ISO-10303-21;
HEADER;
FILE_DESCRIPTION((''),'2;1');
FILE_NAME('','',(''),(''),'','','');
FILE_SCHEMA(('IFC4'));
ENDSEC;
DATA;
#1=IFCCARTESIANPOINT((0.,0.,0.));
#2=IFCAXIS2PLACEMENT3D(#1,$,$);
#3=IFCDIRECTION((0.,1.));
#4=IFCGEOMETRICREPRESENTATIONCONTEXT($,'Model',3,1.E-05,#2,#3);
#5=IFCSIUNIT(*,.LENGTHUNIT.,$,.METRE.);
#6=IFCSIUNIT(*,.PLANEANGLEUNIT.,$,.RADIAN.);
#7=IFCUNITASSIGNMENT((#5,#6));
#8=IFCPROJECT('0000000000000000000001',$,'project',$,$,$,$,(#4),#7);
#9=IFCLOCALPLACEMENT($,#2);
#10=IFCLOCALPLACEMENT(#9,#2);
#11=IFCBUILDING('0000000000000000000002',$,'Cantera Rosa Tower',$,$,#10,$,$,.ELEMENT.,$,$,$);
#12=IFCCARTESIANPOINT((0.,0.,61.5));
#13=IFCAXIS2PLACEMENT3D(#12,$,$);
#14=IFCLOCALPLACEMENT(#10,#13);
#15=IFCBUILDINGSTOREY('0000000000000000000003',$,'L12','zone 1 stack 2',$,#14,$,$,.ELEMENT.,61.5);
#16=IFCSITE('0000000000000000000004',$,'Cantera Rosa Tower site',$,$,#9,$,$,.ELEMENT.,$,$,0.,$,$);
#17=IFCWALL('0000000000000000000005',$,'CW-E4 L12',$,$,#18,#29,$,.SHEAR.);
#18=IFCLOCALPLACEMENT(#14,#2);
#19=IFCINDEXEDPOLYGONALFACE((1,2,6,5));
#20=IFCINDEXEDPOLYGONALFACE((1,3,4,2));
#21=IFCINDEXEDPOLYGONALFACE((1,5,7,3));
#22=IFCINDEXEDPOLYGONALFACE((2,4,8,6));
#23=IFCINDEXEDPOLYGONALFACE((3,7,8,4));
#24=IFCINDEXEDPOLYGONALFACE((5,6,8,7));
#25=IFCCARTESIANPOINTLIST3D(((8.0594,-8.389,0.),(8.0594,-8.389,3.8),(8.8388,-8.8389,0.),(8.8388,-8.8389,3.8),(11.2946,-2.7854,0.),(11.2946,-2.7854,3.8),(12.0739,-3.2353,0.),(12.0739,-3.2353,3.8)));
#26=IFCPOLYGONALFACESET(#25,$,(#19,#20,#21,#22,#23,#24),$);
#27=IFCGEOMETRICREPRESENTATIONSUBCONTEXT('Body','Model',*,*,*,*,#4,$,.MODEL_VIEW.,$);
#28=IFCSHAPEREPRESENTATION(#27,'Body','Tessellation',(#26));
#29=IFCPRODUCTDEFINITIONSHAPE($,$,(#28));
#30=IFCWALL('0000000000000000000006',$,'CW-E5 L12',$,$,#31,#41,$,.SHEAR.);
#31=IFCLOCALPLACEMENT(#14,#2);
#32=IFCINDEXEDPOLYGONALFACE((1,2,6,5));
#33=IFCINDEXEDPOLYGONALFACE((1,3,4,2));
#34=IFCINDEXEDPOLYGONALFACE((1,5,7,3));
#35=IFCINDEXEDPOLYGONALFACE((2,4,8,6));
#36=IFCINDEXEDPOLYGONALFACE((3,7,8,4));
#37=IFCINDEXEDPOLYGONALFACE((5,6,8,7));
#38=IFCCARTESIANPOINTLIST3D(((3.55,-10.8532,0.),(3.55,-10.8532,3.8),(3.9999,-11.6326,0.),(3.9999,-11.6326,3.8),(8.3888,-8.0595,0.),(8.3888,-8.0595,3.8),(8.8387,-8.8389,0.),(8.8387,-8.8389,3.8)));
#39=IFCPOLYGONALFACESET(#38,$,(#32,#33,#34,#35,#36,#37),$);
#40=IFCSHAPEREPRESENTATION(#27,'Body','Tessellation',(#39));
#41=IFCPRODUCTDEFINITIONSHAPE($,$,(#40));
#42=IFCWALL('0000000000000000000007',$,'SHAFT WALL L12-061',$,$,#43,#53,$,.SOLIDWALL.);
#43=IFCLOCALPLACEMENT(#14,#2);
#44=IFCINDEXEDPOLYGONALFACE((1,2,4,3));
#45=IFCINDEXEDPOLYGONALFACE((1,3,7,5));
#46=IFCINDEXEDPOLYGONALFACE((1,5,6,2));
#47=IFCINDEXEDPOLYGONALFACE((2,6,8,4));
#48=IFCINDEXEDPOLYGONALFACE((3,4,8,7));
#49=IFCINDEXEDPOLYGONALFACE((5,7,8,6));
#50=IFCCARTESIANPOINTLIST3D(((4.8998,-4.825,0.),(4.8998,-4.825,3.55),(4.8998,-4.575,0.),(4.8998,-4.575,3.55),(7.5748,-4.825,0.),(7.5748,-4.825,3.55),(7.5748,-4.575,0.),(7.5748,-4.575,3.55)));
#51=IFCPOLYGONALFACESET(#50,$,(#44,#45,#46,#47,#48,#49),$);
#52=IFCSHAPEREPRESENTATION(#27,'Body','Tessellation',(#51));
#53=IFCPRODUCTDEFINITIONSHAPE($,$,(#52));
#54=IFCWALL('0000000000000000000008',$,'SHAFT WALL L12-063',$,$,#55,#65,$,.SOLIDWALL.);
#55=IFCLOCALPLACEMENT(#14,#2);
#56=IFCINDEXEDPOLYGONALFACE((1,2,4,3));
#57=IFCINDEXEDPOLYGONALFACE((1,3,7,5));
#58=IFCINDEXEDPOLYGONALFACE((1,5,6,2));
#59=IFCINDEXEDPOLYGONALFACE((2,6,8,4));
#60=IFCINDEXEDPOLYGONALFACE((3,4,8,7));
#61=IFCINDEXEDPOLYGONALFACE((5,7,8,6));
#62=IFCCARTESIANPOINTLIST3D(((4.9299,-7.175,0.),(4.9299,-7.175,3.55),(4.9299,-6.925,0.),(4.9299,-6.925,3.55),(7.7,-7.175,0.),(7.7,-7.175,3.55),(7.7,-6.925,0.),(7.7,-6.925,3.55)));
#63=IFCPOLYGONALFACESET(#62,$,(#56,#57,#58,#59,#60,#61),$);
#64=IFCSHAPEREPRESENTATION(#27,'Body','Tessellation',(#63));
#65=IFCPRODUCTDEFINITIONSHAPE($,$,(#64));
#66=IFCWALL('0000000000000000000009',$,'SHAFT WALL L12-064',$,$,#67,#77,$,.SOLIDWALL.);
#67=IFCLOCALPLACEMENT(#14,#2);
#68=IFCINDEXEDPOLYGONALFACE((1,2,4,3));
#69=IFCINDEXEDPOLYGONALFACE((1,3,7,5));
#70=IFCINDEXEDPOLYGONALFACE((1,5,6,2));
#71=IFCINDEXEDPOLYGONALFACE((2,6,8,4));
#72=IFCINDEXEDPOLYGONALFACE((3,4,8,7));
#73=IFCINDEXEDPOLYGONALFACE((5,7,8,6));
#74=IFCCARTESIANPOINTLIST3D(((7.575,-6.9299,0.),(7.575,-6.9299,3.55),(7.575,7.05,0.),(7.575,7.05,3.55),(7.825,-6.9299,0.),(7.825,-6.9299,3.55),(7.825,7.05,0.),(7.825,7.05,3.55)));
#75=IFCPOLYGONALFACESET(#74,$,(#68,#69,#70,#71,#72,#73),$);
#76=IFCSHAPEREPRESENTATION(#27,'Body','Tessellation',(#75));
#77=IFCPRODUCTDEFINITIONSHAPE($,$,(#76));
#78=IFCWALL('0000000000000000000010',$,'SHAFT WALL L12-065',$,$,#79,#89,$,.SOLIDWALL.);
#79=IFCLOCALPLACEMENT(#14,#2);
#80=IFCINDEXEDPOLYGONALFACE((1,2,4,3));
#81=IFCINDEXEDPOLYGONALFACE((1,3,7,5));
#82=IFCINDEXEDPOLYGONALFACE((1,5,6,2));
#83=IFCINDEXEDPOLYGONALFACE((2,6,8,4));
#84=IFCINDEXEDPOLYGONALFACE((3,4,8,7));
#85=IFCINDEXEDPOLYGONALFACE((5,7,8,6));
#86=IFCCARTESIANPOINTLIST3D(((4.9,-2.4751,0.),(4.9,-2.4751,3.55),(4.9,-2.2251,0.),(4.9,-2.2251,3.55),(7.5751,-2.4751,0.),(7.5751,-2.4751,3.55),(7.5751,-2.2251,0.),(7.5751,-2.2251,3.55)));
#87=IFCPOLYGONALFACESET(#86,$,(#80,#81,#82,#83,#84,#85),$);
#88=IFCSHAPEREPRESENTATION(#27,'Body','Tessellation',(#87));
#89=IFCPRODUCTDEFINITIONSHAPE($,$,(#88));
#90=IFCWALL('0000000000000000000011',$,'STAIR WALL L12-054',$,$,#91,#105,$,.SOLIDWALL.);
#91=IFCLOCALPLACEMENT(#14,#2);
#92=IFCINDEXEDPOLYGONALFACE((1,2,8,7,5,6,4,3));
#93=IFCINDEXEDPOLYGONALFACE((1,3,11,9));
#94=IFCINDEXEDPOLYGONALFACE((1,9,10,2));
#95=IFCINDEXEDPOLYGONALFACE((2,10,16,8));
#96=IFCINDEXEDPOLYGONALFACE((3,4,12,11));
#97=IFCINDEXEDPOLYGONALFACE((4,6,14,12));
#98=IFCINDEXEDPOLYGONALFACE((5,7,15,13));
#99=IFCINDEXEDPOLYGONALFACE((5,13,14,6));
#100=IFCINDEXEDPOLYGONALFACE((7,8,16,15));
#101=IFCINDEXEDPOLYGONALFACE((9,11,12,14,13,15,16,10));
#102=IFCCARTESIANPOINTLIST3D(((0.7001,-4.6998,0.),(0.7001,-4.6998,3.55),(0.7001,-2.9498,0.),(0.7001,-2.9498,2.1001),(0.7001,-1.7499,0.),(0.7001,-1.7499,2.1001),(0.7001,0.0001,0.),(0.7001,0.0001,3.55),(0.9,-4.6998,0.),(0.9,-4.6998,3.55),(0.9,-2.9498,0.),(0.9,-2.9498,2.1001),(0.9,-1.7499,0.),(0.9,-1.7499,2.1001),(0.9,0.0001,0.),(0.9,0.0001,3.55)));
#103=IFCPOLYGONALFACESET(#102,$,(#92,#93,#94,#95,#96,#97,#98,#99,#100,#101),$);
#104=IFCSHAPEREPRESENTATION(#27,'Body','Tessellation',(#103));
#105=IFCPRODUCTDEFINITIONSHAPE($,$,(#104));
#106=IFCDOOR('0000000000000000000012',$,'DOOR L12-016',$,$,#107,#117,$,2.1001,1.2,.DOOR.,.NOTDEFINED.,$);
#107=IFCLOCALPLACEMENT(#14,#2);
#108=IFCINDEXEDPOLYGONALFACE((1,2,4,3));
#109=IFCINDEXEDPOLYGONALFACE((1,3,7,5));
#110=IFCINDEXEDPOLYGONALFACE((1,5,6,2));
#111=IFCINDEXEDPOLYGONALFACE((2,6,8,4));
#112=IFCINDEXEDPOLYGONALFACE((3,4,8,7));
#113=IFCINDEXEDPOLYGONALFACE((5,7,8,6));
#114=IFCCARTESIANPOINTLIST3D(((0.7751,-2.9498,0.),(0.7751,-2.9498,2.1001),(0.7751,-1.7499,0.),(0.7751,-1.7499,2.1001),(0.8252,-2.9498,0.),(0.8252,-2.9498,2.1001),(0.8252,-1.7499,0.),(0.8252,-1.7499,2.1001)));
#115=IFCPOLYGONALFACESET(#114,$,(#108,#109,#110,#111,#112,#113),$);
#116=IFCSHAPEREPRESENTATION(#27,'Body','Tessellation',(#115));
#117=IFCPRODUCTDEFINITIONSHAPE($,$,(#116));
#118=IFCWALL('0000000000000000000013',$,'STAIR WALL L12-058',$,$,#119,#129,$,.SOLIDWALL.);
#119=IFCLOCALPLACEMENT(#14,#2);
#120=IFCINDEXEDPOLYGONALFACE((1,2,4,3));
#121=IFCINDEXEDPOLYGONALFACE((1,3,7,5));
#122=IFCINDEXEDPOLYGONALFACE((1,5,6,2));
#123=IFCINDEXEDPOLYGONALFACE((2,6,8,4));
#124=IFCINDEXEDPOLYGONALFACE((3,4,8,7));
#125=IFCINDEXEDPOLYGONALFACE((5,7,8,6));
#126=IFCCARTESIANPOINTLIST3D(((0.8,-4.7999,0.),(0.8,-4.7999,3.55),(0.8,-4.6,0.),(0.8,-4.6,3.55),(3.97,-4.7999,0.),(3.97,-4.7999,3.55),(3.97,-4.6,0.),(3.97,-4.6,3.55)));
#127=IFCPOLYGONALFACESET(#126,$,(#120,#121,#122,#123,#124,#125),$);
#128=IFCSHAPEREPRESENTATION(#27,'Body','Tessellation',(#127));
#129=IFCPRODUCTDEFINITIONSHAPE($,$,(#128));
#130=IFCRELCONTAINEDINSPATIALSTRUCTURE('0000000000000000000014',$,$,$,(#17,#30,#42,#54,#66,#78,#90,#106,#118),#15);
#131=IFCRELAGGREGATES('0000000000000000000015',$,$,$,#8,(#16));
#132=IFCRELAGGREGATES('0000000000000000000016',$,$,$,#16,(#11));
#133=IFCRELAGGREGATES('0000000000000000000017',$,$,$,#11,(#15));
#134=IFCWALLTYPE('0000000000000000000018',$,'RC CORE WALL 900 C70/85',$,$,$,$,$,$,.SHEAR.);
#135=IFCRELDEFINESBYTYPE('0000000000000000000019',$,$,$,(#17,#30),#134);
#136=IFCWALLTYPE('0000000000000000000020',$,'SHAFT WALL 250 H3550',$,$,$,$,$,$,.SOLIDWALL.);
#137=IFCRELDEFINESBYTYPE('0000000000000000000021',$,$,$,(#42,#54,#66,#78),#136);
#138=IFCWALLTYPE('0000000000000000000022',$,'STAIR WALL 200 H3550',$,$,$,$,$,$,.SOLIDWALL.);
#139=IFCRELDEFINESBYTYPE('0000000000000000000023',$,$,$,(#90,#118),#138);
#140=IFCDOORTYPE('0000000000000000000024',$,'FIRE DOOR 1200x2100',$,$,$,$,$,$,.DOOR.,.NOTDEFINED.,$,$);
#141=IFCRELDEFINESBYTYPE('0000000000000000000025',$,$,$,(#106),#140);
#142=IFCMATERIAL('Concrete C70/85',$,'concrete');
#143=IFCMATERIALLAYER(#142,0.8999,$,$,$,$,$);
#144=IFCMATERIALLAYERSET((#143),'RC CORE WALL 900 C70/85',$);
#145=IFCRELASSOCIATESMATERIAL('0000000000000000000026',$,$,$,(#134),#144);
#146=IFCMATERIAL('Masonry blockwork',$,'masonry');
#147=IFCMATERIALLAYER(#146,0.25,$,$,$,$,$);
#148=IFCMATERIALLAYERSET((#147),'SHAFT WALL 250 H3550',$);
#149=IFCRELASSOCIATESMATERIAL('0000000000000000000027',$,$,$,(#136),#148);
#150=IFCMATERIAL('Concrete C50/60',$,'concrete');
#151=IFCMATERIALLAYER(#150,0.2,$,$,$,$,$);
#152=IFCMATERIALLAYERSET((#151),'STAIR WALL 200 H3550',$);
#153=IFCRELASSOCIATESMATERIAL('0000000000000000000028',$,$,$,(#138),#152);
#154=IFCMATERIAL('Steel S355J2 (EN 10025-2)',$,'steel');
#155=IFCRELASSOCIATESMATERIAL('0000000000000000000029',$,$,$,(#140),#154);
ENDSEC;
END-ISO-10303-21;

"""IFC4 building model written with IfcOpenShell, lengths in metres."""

from ifc_helpers import new_model, si_unit, direction, frame, frame_2d, origin, place, context, subcontext, project, spatial, rectangle, extrude, material, layer, layer_set, type_object, element, fill, save


model = new_model("IFC4")

# Units and contexts
model_context = context("Model", 3, precision=1e-05, world=origin(), true_north=direction((0.0, 1.0)))
body_context = subcontext(model_context, "Body", "Model", "MODEL_VIEW")
ifc_project = project(units=[si_unit("LENGTHUNIT", "METRE"), si_unit("PLANEANGLEUNIT", "RADIAN")], contexts=[model_context])

# Site, building, storey
site_placement = place(None, origin())
site = spatial("IfcSite", under=ifc_project, at=site_placement, Name="Cantera Rosa Tower site", CompositionType="ELEMENT", RefElevation=0.0)
building_placement = place(site_placement, origin())
building = spatial("IfcBuilding", under=site, at=building_placement, Name="Cantera Rosa Tower", CompositionType="ELEMENT")
storey_placement = place(building_placement, frame((0.0, 0.0, 61.5)))
storey = spatial("IfcBuildingStorey", under=building, at=storey_placement, Name="L12", Description="zone 1 stack 2", CompositionType="ELEMENT", Elevation=61.5)

# Walls
ifc_material_1 = material(Name="Concrete C70/85", Category="concrete")
ifc_layer_1 = layer(ifc_material_1, 0.8999)
ifc_layer_set_1 = layer_set([ifc_layer_1], Name="RC CORE WALL 900 C70/85")
wall_type_1 = type_object("IfcWallType", Name="RC CORE WALL 900 C70/85", PredefinedType="SHEAR", material=ifc_layer_set_1)
wall_1_placement = place(storey_placement, frame((11.6843, -3.0103, 0.0), z_axis=(0.0, 0.0, 1.0), x_axis=(-0.49999, -0.866031, 0.0)))
element("IfcWall", 1, at=wall_1_placement, inside=storey, type_object=wall_type_1, Name="CW-E4 L12", PredefinedType="SHEAR", context=body_context, shape_type="SweptSolid", body=[
    extrude(rectangle(XDim=6.4705, YDim=0.8999, at=frame_2d((3.2354, 0.0))), origin(), (0.0, 0.0, 1.0), 3.8),
])
wall_2_placement = place(storey_placement, frame((8.6138, -8.4492, 0.0), z_axis=(0.0, 0.0, 1.0), x_axis=(-0.866027, -0.499997, 0.0)))
element("IfcWall", 2, at=wall_2_placement, inside=storey, type_object=wall_type_1, Name="CW-E5 L12", PredefinedType="SHEAR", context=body_context, shape_type="SweptSolid", body=[
    extrude(rectangle(XDim=5.5874, YDim=0.8999, at=frame_2d((2.7937, 0.0))), origin(), (0.0, 0.0, 1.0), 3.8),
])
ifc_material_2 = material(Name="Masonry blockwork", Category="masonry")
ifc_layer_2 = layer(ifc_material_2, 0.25)
ifc_layer_set_2 = layer_set([ifc_layer_2], Name="SHAFT WALL 250 H3550")
wall_type_2 = type_object("IfcWallType", Name="SHAFT WALL 250 H3550", PredefinedType="SOLIDWALL", material=ifc_layer_set_2)
wall_3_placement = place(storey_placement, frame((4.8999, -4.7, 0.0), z_axis=(0.0, 0.0, 1.0), x_axis=(1.0, 0.0, 0.0)))
element("IfcWall", 3, at=wall_3_placement, inside=storey, type_object=wall_type_2, Name="SHAFT WALL L12-061", PredefinedType="SOLIDWALL", context=body_context, shape_type="SweptSolid", body=[
    extrude(rectangle(XDim=2.675, YDim=0.25, at=frame_2d((1.3374, 0.0))), origin(), (0.0, 0.0, 1.0), 3.55),
])
wall_4_placement = place(storey_placement, frame((4.9299, -7.05, 0.0), z_axis=(0.0, 0.0, 1.0), x_axis=(1.0, 0.0, 0.0)))
element("IfcWall", 4, at=wall_4_placement, inside=storey, type_object=wall_type_2, Name="SHAFT WALL L12-063", PredefinedType="SOLIDWALL", context=body_context, shape_type="SweptSolid", body=[
    extrude(rectangle(XDim=2.77, YDim=0.25, at=frame_2d((1.385, 0.0))), origin(), (0.0, 0.0, 1.0), 3.55),
])
wall_5_placement = place(storey_placement, frame((7.7, -6.9299, 0.0), z_axis=(0.0, 0.0, 1.0), x_axis=(0.0, 1.0, 0.0)))
element("IfcWall", 5, at=wall_5_placement, inside=storey, type_object=wall_type_2, Name="SHAFT WALL L12-064", PredefinedType="SOLIDWALL", context=body_context, shape_type="SweptSolid", body=[
    extrude(rectangle(XDim=13.98, YDim=0.25, at=frame_2d((6.99, 0.0))), origin(), (0.0, 0.0, 1.0), 3.55),
])
wall_6_placement = place(storey_placement, frame((7.575, -2.3501, 0.0), z_axis=(0.0, 0.0, 1.0), x_axis=(-1.0, 0.0, 0.0)))
element("IfcWall", 6, at=wall_6_placement, inside=storey, type_object=wall_type_2, Name="SHAFT WALL L12-065", PredefinedType="SOLIDWALL", context=body_context, shape_type="SweptSolid", body=[
    extrude(rectangle(XDim=2.675, YDim=0.25, at=frame_2d((1.3374, 0.0))), origin(), (0.0, 0.0, 1.0), 3.55),
])

# Wall, opening, door
ifc_material_3 = material(Name="Concrete C50/60", Category="concrete")
ifc_layer_3 = layer(ifc_material_3, 0.2)
ifc_layer_set_3 = layer_set([ifc_layer_3], Name="STAIR WALL 200 H3550")
wall_type_3 = type_object("IfcWallType", Name="STAIR WALL 200 H3550", PredefinedType="SOLIDWALL", material=ifc_layer_set_3)
wall_7_placement = place(storey_placement, frame((0.8, -4.7, 0.0), z_axis=(0.0, 0.0, 1.0), x_axis=(0.0, 1.0, 0.0)))
wall_7 = element("IfcWall", 7, at=wall_7_placement, inside=storey, type_object=wall_type_3, Name="STAIR WALL L12-054", PredefinedType="SOLIDWALL", context=body_context, shape_type="SweptSolid", body=[
    extrude(rectangle(XDim=4.7, YDim=0.2, at=frame_2d((2.3501, 0.0))), origin(), (0.0, 0.0, 1.0), 3.55),
])
opening_1_placement = place(wall_7_placement, frame((1.75, 0.0, 0.0)))
opening_1 = element("IfcOpeningElement", 8, at=opening_1_placement, cuts=wall_7, PredefinedType="OPENING", context=body_context, shape_type="SweptSolid", body=[
    extrude(rectangle(XDim=1.2, YDim=2.1001, at=frame_2d((0.6001, 1.05))), frame((0.0, 0.1099, 0.0), z_axis=(0.0, -1.0, 0.0), x_axis=(1.0, 0.0, 0.0)), (0.0, 0.0, 1.0), 0.22),
])
ifc_material_4 = material(Name="Steel S355J2 (EN 10025-2)", Category="steel")
door_type_1 = type_object("IfcDoorType", Name="FIRE DOOR 1200x2100", OperationType="NOTDEFINED", PredefinedType="DOOR", material=ifc_material_4)
door_1_placement = place(opening_1_placement, origin())
door_1 = element("IfcDoor", 9, at=door_1_placement, inside=storey, type_object=door_type_1, Name="DOOR L12-016", OperationType="NOTDEFINED", OverallHeight=2.1001, OverallWidth=1.2, PredefinedType="DOOR", context=body_context, shape_type="SweptSolid", body=[
    extrude(rectangle(XDim=1.2, YDim=2.1001, at=frame_2d((0.6001, 1.05))), frame((0.0, 0.0249, 0.0), z_axis=(0.0, -1.0, 0.0), x_axis=(1.0, 0.0, 0.0)), (0.0, 0.0, 1.0), 0.05),
])
fill(opening_1, door_1)

# Wall
wall_8_placement = place(storey_placement, frame((3.97, -4.7, 0.0), z_axis=(0.0, 0.0, 1.0), x_axis=(-1.0, 0.0, 0.0)))
element("IfcWall", 10, at=wall_8_placement, inside=storey, type_object=wall_type_3, Name="STAIR WALL L12-058", PredefinedType="SOLIDWALL", context=body_context, shape_type="SweptSolid", body=[
    extrude(rectangle(XDim=3.1699, YDim=0.2, at=frame_2d((1.585, 0.0))), origin(), (0.0, 0.0, 1.0), 3.55),
])

save(model, "model.ifc")
